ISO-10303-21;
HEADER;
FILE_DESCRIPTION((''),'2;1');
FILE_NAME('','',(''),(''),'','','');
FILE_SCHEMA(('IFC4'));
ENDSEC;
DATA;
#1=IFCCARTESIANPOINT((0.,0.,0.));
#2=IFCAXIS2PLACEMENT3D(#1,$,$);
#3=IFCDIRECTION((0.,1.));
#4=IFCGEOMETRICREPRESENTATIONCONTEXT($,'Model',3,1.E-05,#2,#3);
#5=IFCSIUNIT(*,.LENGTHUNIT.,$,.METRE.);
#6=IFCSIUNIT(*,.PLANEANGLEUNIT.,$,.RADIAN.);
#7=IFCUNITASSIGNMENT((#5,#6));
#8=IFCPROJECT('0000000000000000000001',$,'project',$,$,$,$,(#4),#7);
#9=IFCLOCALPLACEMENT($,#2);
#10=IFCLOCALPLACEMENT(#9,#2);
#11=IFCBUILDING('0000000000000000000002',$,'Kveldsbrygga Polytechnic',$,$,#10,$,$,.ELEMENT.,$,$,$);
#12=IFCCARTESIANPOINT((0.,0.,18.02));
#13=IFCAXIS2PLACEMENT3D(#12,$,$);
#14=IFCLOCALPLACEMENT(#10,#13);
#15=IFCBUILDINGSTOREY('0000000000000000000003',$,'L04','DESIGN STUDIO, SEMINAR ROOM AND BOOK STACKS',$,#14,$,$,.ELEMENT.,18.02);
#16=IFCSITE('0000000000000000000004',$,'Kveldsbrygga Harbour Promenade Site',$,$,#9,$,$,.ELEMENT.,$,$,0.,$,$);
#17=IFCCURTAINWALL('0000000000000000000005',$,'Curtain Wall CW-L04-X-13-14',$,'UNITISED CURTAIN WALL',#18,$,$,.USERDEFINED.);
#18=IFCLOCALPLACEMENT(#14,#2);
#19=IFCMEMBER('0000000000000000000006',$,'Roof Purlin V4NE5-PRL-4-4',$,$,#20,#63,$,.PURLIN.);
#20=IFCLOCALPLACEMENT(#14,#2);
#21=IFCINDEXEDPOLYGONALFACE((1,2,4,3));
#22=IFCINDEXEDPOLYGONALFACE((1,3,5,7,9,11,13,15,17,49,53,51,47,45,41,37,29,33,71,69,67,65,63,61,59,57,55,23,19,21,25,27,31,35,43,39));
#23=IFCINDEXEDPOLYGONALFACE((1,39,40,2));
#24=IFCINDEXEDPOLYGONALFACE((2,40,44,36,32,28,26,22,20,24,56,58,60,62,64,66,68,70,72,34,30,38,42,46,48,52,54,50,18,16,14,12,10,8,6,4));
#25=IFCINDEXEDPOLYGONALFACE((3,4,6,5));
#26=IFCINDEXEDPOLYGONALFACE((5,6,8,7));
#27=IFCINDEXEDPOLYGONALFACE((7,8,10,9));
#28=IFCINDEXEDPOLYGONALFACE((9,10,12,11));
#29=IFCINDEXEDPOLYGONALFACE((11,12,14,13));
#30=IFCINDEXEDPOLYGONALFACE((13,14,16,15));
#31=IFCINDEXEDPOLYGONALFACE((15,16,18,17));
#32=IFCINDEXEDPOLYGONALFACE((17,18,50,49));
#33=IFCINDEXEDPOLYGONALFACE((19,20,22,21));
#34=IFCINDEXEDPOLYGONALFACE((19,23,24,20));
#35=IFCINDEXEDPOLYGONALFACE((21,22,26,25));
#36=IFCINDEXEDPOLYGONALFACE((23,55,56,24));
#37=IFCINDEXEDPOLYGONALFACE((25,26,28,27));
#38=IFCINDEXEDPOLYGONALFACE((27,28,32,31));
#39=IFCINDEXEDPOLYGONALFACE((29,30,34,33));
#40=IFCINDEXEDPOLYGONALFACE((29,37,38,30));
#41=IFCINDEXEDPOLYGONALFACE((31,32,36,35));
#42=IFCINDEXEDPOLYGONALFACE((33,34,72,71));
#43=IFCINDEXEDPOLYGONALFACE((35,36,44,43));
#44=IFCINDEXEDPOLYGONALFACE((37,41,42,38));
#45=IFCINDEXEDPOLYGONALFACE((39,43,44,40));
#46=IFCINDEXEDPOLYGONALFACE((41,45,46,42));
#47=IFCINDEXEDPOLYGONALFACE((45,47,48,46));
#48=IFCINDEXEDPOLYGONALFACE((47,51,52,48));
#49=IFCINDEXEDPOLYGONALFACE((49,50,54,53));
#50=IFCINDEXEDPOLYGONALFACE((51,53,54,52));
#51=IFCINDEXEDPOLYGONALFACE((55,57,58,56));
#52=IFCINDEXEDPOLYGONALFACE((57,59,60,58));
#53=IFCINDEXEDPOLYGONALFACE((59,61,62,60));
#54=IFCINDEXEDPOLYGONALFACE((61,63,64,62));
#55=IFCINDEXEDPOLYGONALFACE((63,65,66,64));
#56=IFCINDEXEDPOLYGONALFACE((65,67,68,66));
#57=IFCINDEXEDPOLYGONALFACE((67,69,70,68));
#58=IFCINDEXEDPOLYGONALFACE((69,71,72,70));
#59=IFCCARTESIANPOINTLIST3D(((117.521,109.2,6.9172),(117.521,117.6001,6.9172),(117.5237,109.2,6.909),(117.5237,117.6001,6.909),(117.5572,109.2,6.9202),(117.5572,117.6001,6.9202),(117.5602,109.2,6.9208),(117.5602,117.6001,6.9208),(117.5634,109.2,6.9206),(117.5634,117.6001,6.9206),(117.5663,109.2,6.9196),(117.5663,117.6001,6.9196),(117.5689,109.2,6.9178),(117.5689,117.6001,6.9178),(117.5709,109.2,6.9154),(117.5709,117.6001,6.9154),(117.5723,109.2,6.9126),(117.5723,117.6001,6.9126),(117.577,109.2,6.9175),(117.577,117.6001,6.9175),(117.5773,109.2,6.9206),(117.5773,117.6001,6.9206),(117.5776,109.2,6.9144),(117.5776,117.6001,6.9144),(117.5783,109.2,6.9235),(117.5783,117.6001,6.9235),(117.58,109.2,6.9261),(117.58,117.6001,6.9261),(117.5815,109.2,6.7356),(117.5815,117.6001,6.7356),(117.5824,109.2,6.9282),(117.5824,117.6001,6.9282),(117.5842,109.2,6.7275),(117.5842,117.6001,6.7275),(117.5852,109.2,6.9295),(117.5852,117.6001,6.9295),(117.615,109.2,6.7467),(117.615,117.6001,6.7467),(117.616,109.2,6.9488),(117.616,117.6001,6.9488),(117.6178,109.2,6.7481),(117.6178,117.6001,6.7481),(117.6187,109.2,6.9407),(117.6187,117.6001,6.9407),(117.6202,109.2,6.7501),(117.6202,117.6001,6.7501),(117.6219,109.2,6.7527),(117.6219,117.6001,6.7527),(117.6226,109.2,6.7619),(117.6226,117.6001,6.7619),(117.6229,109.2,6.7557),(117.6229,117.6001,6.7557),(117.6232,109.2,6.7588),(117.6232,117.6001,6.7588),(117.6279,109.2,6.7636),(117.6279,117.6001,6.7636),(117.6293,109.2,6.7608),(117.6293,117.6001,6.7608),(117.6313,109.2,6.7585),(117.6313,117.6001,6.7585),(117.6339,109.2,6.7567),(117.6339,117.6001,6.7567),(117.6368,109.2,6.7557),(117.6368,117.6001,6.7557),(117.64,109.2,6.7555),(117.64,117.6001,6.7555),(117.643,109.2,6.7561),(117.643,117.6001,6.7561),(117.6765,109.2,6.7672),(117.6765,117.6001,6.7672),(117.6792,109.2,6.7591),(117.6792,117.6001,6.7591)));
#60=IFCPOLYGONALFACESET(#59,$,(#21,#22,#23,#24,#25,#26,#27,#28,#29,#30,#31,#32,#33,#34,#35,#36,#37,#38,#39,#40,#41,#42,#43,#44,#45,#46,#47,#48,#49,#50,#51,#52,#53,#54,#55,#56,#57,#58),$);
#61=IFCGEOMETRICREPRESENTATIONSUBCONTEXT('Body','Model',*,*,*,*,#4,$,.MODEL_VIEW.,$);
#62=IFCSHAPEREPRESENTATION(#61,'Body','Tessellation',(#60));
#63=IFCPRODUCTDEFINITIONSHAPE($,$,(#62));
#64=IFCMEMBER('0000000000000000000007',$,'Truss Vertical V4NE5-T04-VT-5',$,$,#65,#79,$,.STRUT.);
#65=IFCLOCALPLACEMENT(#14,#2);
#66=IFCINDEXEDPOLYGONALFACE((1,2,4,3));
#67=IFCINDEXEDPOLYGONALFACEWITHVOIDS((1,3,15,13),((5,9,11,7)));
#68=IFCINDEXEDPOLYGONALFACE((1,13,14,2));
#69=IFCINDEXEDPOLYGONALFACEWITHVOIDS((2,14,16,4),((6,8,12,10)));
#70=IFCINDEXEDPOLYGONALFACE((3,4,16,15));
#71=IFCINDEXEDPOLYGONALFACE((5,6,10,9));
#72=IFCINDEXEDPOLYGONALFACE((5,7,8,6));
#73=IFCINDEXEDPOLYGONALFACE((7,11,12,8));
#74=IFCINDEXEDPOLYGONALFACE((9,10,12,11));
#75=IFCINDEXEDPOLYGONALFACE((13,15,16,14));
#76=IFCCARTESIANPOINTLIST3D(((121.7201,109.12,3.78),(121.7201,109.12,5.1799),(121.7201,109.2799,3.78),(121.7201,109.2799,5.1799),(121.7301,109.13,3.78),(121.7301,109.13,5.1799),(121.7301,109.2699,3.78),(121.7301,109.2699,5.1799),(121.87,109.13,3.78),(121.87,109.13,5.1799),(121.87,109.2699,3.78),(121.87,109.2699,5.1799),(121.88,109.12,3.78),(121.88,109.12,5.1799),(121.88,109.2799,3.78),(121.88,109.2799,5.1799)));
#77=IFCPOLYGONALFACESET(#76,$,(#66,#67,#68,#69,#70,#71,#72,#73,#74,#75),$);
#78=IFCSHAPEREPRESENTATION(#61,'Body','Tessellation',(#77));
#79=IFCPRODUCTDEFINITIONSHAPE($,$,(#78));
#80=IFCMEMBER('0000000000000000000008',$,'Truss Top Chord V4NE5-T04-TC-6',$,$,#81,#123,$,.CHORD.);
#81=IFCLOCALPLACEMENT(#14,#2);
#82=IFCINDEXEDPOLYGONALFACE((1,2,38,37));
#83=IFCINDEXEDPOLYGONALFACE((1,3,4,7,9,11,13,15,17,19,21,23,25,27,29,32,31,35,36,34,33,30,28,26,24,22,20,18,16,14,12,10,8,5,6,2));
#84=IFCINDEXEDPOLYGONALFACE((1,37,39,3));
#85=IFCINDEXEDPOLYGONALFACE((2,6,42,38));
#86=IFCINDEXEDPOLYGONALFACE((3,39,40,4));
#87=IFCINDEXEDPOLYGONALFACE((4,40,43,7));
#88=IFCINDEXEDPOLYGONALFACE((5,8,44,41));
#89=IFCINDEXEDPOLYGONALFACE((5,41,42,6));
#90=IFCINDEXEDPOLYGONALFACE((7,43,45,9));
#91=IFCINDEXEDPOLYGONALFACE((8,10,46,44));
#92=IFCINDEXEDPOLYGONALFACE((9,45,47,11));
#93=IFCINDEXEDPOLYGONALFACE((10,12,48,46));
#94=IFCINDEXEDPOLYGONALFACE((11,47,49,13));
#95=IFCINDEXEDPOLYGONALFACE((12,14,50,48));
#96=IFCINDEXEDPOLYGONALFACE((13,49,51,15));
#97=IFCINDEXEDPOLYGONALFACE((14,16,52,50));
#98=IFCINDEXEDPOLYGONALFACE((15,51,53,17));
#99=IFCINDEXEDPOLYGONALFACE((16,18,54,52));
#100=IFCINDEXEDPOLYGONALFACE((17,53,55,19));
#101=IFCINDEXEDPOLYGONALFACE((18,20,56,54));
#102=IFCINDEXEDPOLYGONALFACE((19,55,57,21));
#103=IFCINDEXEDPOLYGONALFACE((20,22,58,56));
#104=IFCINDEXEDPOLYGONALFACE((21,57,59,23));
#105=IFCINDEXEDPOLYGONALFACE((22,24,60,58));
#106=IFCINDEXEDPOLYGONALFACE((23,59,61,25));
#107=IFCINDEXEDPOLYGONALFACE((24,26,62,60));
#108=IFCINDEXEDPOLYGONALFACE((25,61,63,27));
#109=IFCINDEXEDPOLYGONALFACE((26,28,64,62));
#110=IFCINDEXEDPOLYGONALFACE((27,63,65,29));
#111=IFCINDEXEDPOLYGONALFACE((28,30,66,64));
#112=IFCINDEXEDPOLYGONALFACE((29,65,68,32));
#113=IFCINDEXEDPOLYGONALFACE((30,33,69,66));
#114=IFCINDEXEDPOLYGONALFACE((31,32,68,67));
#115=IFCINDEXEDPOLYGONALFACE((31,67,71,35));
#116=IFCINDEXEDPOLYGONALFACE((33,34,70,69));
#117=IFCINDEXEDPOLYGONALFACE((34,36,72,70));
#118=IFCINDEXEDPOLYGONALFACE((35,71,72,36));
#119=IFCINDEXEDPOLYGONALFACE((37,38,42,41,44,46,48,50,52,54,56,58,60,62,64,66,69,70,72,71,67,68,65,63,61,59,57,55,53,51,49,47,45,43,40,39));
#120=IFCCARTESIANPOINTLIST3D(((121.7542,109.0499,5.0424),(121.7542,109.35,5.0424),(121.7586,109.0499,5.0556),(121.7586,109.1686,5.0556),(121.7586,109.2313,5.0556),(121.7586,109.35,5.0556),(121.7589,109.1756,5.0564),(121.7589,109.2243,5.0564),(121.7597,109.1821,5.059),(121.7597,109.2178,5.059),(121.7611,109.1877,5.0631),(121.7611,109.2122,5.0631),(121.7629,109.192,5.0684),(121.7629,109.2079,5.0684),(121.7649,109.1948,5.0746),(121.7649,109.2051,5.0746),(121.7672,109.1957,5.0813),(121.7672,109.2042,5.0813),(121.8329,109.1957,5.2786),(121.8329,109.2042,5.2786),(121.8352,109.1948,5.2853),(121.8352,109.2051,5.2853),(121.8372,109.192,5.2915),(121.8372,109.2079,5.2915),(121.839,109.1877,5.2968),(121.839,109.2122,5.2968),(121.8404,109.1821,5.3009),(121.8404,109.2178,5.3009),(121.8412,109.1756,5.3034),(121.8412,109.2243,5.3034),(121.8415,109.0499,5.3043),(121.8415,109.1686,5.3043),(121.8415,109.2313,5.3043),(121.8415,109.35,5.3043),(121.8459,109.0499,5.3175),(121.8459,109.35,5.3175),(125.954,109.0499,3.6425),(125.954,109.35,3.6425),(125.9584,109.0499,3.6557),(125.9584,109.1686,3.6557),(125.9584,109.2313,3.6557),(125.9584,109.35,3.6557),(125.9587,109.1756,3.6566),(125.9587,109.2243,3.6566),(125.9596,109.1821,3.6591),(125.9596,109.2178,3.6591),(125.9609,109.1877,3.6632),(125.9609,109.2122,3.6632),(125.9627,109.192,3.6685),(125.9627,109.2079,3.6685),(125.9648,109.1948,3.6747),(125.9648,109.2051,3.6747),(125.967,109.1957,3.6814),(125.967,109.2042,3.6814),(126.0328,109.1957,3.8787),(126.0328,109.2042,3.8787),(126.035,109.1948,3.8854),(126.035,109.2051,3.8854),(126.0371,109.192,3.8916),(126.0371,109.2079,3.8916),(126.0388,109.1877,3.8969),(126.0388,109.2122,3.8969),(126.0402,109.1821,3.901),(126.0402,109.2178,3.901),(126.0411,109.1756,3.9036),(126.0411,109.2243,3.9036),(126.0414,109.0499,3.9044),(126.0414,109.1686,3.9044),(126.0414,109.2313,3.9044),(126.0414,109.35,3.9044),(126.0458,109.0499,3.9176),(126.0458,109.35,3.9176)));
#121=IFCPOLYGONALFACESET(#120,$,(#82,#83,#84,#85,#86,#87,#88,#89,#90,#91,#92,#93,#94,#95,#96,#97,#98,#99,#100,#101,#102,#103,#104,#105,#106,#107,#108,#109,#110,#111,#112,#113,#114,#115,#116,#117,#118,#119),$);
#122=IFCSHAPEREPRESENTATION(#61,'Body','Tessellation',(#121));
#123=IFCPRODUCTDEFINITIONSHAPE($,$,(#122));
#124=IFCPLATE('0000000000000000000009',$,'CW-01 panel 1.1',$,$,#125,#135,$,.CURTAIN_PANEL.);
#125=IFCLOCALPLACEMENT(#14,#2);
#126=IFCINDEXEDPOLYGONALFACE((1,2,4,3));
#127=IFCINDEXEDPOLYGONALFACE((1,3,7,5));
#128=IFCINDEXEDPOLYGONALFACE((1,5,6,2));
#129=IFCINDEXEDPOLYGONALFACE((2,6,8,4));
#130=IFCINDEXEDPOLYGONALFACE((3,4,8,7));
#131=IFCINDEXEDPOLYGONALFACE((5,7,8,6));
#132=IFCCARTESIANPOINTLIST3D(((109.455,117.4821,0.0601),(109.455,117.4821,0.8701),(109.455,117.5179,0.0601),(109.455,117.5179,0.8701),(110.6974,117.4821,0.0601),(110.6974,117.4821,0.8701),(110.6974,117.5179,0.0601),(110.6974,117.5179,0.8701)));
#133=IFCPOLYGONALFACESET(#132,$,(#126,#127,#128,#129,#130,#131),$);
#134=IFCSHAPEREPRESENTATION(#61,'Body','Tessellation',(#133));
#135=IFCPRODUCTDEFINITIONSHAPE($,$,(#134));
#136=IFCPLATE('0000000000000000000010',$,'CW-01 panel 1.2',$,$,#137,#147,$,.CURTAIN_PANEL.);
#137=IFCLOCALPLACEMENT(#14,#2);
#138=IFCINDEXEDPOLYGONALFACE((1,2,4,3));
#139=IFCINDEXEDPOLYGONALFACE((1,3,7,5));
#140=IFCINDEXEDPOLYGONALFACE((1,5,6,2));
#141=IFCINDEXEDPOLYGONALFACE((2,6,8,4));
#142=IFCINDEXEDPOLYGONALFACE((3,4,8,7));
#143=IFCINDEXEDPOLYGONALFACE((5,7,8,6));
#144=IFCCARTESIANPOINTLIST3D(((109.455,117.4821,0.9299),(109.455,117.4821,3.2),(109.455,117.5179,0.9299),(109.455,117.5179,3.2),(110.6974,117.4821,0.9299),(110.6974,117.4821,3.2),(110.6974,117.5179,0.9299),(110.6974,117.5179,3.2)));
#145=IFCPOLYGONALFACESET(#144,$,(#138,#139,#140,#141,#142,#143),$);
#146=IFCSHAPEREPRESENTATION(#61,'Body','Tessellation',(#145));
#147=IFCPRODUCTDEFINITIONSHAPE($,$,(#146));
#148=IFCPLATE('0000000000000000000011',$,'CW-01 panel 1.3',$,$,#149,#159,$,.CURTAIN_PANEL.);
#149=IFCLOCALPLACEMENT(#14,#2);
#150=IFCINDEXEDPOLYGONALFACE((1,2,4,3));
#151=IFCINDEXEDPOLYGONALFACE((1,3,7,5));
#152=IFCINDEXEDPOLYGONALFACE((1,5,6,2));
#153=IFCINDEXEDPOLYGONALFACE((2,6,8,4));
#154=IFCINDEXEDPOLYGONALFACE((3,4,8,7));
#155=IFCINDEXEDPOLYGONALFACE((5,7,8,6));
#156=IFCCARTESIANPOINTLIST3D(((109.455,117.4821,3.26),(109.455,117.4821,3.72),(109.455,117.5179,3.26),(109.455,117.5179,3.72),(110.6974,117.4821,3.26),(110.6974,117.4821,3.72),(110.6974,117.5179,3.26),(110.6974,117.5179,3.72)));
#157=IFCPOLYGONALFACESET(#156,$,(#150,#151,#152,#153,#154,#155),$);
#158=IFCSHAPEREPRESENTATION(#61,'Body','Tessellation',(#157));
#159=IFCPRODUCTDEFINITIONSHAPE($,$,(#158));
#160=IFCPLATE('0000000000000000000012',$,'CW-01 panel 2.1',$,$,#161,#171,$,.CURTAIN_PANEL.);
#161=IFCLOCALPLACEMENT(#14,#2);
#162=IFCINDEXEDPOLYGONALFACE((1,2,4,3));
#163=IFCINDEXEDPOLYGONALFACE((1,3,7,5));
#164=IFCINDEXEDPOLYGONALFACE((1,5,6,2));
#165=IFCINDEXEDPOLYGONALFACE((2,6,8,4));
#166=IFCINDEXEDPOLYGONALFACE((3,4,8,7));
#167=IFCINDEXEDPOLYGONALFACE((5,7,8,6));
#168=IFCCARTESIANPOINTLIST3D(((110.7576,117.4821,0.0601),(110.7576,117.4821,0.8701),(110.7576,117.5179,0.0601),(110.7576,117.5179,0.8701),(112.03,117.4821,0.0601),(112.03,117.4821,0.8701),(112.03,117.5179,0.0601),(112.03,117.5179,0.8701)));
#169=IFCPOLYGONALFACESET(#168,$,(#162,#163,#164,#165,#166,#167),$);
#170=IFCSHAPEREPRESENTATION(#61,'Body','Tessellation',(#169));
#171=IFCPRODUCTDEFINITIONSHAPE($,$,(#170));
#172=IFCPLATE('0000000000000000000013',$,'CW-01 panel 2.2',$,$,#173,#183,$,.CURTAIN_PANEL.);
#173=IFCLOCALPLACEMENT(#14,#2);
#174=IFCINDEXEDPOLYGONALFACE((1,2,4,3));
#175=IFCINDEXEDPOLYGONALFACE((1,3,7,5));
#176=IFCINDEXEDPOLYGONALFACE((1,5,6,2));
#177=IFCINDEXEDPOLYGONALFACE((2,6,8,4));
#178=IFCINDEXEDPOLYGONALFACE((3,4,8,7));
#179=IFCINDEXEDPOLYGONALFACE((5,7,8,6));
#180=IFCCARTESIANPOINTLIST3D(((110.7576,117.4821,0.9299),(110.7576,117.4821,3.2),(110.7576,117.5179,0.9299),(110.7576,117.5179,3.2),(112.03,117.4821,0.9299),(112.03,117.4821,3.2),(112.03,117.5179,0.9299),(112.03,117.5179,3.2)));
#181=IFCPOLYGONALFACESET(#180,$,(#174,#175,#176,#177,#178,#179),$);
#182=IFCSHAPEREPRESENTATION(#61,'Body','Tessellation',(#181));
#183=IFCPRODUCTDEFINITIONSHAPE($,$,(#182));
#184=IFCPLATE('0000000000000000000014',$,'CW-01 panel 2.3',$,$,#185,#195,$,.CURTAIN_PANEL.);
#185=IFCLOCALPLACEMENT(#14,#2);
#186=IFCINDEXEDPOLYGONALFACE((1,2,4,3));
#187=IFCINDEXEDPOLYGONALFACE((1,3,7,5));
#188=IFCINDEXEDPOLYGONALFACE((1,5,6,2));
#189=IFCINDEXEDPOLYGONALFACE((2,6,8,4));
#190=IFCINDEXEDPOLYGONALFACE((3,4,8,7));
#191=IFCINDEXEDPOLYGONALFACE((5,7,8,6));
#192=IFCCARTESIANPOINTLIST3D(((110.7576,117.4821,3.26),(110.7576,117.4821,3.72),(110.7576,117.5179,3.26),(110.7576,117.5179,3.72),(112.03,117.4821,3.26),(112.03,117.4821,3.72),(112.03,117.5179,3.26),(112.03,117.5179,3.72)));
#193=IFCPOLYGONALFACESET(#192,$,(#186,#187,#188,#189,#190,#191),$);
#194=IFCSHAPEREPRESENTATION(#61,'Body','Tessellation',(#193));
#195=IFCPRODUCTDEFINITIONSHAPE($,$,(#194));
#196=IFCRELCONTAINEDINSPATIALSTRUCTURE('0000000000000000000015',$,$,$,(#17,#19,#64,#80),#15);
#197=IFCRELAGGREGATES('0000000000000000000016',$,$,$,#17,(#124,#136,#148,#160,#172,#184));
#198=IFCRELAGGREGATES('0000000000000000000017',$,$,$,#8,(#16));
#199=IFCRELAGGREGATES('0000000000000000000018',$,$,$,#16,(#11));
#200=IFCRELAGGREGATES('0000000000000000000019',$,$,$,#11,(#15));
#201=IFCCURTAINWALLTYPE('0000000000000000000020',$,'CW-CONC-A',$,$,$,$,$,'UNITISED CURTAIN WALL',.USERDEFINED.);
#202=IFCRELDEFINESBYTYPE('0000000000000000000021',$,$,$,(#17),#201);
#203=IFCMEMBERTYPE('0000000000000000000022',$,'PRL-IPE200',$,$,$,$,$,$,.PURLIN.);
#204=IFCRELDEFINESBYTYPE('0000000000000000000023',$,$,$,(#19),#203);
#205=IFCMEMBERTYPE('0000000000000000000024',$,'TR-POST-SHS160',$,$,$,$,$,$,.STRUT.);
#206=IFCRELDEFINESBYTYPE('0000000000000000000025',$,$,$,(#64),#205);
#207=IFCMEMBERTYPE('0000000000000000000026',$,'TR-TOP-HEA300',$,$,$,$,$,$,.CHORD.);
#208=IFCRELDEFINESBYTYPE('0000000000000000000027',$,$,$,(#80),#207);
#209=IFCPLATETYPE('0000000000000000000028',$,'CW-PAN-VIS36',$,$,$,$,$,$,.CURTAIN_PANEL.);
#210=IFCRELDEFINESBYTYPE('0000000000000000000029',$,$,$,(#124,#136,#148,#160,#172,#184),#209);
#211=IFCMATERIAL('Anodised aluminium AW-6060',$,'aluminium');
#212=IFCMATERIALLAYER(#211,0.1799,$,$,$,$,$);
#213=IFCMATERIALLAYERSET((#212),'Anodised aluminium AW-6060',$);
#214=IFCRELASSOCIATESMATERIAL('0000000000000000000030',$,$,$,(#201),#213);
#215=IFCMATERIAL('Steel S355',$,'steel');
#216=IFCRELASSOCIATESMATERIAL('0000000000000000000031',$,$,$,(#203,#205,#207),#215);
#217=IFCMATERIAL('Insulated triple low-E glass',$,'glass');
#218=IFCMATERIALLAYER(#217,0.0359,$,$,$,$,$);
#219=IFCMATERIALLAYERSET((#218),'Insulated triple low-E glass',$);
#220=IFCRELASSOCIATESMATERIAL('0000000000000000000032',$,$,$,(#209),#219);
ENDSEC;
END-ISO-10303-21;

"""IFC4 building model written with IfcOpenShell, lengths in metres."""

from ifc_helpers import new_model, si_unit, direction, frame, origin, origin_2d, place, context, subcontext, project, spatial, rectangle, hollow_rectangle, i_section, extrude, material, layer, layer_set, material_profile, profile_set, type_object, element, aggregate, save


model = new_model("IFC4")

# Units and contexts
model_context = context("Model", 3, precision=1e-05, world=origin(), true_north=direction((0.0, 1.0)))
body_context = subcontext(model_context, "Body", "Model", "MODEL_VIEW")
ifc_project = project(units=[si_unit("LENGTHUNIT", "METRE"), si_unit("PLANEANGLEUNIT", "RADIAN")], contexts=[model_context])

# Site, building, storey
site_placement = place(None, origin())
site = spatial("IfcSite", under=ifc_project, at=site_placement, Name="Kveldsbrygga Harbour Promenade Site", CompositionType="ELEMENT", RefElevation=0.0)
building_placement = place(site_placement, origin())
building = spatial("IfcBuilding", under=site, at=building_placement, Name="Kveldsbrygga Polytechnic", CompositionType="ELEMENT")
storey_placement = place(building_placement, frame((0.0, 0.0, 18.02)))
storey = spatial("IfcBuildingStorey", under=building, at=storey_placement, Name="L04", Description="DESIGN STUDIO, SEMINAR ROOM AND BOOK STACKS", CompositionType="ELEMENT", Elevation=18.02)

# Curtain wall
ifc_material_1 = material(Name="Anodised aluminium AW-6060", Category="aluminium")
ifc_layer_1 = layer(ifc_material_1, 0.1799)
ifc_layer_set_1 = layer_set([ifc_layer_1], Name="Anodised aluminium AW-6060")
curtain_wall_type = type_object("IfcCurtainWallType", Name="CW-CONC-A", ElementType="UNITISED CURTAIN WALL", PredefinedType="USERDEFINED", material=ifc_layer_set_1)
curtain_wall_placement = place(storey_placement, origin())
curtain_wall = element("IfcCurtainWall", 1, at=curtain_wall_placement, inside=storey, type_object=curtain_wall_type, Name="Curtain Wall CW-L04-X-13-14", ObjectType="UNITISED CURTAIN WALL", PredefinedType="USERDEFINED")

# Members
ifc_material_2 = material(Name="Steel S355", Category="steel")
ifc_material_profile_1 = material_profile(ifc_material_2, i_section(OverallWidth=0.1001, OverallDepth=0.2, WebThickness=0.0056, FlangeThickness=0.0085, FilletRadius=0.012, at=origin_2d()), Name="IPE 200")
ifc_profile_set_1 = profile_set([ifc_material_profile_1], Name="Steel S355")
member_type_1 = type_object("IfcMemberType", Name="PRL-IPE200", PredefinedType="PURLIN", material=ifc_profile_set_1)
member_1_placement = place(storey_placement, frame((117.6001, 109.2, 6.8381), z_axis=(0.0, 1.0, 0.0), x_axis=(-0.948684, 0.0, -0.316227)))
element("IfcMember", 2, at=member_1_placement, inside=storey, type_object=member_type_1, Name="Roof Purlin V4NE5-PRL-4-4", PredefinedType="PURLIN", context=body_context, shape_type="SweptSolid", body=[
    extrude(i_section(OverallWidth=0.1001, OverallDepth=0.2, WebThickness=0.0056, FlangeThickness=0.0085, FilletRadius=0.012, at=origin_2d()), origin(), (0.0, 0.0, 1.0), 8.4001),
])
ifc_material_profile_2 = material_profile(ifc_material_2, hollow_rectangle(XDim=0.1599, YDim=0.1599, WallThickness=0.01, at=origin_2d()), Name="SHS 160x160x10.0")
ifc_profile_set_2 = profile_set([ifc_material_profile_2], Name="Steel S355")
member_type_2 = type_object("IfcMemberType", Name="TR-POST-SHS160", PredefinedType="STRUT", material=ifc_profile_set_2)
member_2_placement = place(storey_placement, frame((121.8, 109.2, 3.78), z_axis=(0.0, 0.0, 1.0), x_axis=(1.0, 0.0, 0.0)))
element("IfcMember", 3, at=member_2_placement, inside=storey, type_object=member_type_2, Name="Truss Vertical V4NE5-T04-VT-5", PredefinedType="STRUT", context=body_context, shape_type="SweptSolid", body=[
    extrude(hollow_rectangle(XDim=0.1599, YDim=0.1599, WallThickness=0.01, at=origin_2d()), origin(), (0.0, 0.0, 1.0), 1.3999),
])
ifc_material_profile_3 = material_profile(ifc_material_2, i_section(OverallWidth=0.3, OverallDepth=0.29, WebThickness=0.0085, FlangeThickness=0.0139, FilletRadius=0.0271, at=origin_2d()), Name="HEA 300")
ifc_profile_set_3 = profile_set([ifc_material_profile_3], Name="Steel S355")
member_type_3 = type_object("IfcMemberType", Name="TR-TOP-HEA300", PredefinedType="CHORD", material=ifc_profile_set_3)
member_3_placement = place(storey_placement, frame((121.8, 109.2, 5.1799), z_axis=(0.948689, 0.0, -0.316211), x_axis=(0.0, 1.0, 0.0)))
element("IfcMember", 4, at=member_3_placement, inside=storey, type_object=member_type_3, Name="Truss Top Chord V4NE5-T04-TC-6", PredefinedType="CHORD", context=body_context, shape_type="SweptSolid", body=[
    extrude(i_section(OverallWidth=0.3, OverallDepth=0.29, WebThickness=0.0085, FlangeThickness=0.0139, FilletRadius=0.0271, at=origin_2d()), origin(), (0.0, 0.0, 1.0), 4.427),
])

# Plates
ifc_material_3 = material(Name="Insulated triple low-E glass", Category="glass")
ifc_layer_2 = layer(ifc_material_3, 0.0359)
ifc_layer_set_2 = layer_set([ifc_layer_2], Name="Insulated triple low-E glass")
plate_type_1 = type_object("IfcPlateType", Name="CW-PAN-VIS36", PredefinedType="CURTAIN_PANEL", material=ifc_layer_set_2)
plate_1_placement = place(storey_placement, frame((110.0762, 117.5, 0.0601), z_axis=(0.0, 0.0, 1.0), x_axis=(1.0, 0.0, 0.0)))
plate_1 = element("IfcPlate", 5, at=plate_1_placement, type_object=plate_type_1, Name="CW-01 panel 1.1", PredefinedType="CURTAIN_PANEL", context=body_context, shape_type="SweptSolid", body=[
    extrude(rectangle(XDim=1.2424, YDim=0.0359, at=origin_2d()), origin(), (0.0, 0.0, 1.0), 0.8101),
])
plate_2_placement = place(storey_placement, frame((110.0762, 117.5, 0.9299), z_axis=(0.0, 0.0, 1.0), x_axis=(1.0, 0.0, 0.0)))
plate_2 = element("IfcPlate", 6, at=plate_2_placement, type_object=plate_type_1, Name="CW-01 panel 1.2", PredefinedType="CURTAIN_PANEL", context=body_context, shape_type="SweptSolid", body=[
    extrude(rectangle(XDim=1.2424, YDim=0.0359, at=origin_2d()), origin(), (0.0, 0.0, 1.0), 2.27),
])
plate_3_placement = place(storey_placement, frame((110.0762, 117.5, 3.26), z_axis=(0.0, 0.0, 1.0), x_axis=(1.0, 0.0, 0.0)))
plate_3 = element("IfcPlate", 7, at=plate_3_placement, type_object=plate_type_1, Name="CW-01 panel 1.3", PredefinedType="CURTAIN_PANEL", context=body_context, shape_type="SweptSolid", body=[
    extrude(rectangle(XDim=1.2424, YDim=0.0359, at=origin_2d()), origin(), (0.0, 0.0, 1.0), 0.46),
])
plate_4_placement = place(storey_placement, frame((111.3938, 117.5, 0.0601), z_axis=(0.0, 0.0, 1.0), x_axis=(1.0, 0.0, 0.0)))
plate_4 = element("IfcPlate", 8, at=plate_4_placement, type_object=plate_type_1, Name="CW-01 panel 2.1", PredefinedType="CURTAIN_PANEL", context=body_context, shape_type="SweptSolid", body=[
    extrude(rectangle(XDim=1.2725, YDim=0.0359, at=origin_2d()), origin(), (0.0, 0.0, 1.0), 0.8101),
])
plate_5_placement = place(storey_placement, frame((111.3938, 117.5, 0.9299), z_axis=(0.0, 0.0, 1.0), x_axis=(1.0, 0.0, 0.0)))
plate_5 = element("IfcPlate", 9, at=plate_5_placement, type_object=plate_type_1, Name="CW-01 panel 2.2", PredefinedType="CURTAIN_PANEL", context=body_context, shape_type="SweptSolid", body=[
    extrude(rectangle(XDim=1.2725, YDim=0.0359, at=origin_2d()), origin(), (0.0, 0.0, 1.0), 2.27),
])
plate_6_placement = place(storey_placement, frame((111.3938, 117.5, 3.26), z_axis=(0.0, 0.0, 1.0), x_axis=(1.0, 0.0, 0.0)))
plate_6 = element("IfcPlate", 10, at=plate_6_placement, type_object=plate_type_1, Name="CW-01 panel 2.3", PredefinedType="CURTAIN_PANEL", context=body_context, shape_type="SweptSolid", body=[
    extrude(rectangle(XDim=1.2725, YDim=0.0359, at=origin_2d()), origin(), (0.0, 0.0, 1.0), 0.46),
])
aggregate(curtain_wall, [plate_1, plate_2, plate_3, plate_4, plate_5, plate_6])

save(model, "model.ifc")
